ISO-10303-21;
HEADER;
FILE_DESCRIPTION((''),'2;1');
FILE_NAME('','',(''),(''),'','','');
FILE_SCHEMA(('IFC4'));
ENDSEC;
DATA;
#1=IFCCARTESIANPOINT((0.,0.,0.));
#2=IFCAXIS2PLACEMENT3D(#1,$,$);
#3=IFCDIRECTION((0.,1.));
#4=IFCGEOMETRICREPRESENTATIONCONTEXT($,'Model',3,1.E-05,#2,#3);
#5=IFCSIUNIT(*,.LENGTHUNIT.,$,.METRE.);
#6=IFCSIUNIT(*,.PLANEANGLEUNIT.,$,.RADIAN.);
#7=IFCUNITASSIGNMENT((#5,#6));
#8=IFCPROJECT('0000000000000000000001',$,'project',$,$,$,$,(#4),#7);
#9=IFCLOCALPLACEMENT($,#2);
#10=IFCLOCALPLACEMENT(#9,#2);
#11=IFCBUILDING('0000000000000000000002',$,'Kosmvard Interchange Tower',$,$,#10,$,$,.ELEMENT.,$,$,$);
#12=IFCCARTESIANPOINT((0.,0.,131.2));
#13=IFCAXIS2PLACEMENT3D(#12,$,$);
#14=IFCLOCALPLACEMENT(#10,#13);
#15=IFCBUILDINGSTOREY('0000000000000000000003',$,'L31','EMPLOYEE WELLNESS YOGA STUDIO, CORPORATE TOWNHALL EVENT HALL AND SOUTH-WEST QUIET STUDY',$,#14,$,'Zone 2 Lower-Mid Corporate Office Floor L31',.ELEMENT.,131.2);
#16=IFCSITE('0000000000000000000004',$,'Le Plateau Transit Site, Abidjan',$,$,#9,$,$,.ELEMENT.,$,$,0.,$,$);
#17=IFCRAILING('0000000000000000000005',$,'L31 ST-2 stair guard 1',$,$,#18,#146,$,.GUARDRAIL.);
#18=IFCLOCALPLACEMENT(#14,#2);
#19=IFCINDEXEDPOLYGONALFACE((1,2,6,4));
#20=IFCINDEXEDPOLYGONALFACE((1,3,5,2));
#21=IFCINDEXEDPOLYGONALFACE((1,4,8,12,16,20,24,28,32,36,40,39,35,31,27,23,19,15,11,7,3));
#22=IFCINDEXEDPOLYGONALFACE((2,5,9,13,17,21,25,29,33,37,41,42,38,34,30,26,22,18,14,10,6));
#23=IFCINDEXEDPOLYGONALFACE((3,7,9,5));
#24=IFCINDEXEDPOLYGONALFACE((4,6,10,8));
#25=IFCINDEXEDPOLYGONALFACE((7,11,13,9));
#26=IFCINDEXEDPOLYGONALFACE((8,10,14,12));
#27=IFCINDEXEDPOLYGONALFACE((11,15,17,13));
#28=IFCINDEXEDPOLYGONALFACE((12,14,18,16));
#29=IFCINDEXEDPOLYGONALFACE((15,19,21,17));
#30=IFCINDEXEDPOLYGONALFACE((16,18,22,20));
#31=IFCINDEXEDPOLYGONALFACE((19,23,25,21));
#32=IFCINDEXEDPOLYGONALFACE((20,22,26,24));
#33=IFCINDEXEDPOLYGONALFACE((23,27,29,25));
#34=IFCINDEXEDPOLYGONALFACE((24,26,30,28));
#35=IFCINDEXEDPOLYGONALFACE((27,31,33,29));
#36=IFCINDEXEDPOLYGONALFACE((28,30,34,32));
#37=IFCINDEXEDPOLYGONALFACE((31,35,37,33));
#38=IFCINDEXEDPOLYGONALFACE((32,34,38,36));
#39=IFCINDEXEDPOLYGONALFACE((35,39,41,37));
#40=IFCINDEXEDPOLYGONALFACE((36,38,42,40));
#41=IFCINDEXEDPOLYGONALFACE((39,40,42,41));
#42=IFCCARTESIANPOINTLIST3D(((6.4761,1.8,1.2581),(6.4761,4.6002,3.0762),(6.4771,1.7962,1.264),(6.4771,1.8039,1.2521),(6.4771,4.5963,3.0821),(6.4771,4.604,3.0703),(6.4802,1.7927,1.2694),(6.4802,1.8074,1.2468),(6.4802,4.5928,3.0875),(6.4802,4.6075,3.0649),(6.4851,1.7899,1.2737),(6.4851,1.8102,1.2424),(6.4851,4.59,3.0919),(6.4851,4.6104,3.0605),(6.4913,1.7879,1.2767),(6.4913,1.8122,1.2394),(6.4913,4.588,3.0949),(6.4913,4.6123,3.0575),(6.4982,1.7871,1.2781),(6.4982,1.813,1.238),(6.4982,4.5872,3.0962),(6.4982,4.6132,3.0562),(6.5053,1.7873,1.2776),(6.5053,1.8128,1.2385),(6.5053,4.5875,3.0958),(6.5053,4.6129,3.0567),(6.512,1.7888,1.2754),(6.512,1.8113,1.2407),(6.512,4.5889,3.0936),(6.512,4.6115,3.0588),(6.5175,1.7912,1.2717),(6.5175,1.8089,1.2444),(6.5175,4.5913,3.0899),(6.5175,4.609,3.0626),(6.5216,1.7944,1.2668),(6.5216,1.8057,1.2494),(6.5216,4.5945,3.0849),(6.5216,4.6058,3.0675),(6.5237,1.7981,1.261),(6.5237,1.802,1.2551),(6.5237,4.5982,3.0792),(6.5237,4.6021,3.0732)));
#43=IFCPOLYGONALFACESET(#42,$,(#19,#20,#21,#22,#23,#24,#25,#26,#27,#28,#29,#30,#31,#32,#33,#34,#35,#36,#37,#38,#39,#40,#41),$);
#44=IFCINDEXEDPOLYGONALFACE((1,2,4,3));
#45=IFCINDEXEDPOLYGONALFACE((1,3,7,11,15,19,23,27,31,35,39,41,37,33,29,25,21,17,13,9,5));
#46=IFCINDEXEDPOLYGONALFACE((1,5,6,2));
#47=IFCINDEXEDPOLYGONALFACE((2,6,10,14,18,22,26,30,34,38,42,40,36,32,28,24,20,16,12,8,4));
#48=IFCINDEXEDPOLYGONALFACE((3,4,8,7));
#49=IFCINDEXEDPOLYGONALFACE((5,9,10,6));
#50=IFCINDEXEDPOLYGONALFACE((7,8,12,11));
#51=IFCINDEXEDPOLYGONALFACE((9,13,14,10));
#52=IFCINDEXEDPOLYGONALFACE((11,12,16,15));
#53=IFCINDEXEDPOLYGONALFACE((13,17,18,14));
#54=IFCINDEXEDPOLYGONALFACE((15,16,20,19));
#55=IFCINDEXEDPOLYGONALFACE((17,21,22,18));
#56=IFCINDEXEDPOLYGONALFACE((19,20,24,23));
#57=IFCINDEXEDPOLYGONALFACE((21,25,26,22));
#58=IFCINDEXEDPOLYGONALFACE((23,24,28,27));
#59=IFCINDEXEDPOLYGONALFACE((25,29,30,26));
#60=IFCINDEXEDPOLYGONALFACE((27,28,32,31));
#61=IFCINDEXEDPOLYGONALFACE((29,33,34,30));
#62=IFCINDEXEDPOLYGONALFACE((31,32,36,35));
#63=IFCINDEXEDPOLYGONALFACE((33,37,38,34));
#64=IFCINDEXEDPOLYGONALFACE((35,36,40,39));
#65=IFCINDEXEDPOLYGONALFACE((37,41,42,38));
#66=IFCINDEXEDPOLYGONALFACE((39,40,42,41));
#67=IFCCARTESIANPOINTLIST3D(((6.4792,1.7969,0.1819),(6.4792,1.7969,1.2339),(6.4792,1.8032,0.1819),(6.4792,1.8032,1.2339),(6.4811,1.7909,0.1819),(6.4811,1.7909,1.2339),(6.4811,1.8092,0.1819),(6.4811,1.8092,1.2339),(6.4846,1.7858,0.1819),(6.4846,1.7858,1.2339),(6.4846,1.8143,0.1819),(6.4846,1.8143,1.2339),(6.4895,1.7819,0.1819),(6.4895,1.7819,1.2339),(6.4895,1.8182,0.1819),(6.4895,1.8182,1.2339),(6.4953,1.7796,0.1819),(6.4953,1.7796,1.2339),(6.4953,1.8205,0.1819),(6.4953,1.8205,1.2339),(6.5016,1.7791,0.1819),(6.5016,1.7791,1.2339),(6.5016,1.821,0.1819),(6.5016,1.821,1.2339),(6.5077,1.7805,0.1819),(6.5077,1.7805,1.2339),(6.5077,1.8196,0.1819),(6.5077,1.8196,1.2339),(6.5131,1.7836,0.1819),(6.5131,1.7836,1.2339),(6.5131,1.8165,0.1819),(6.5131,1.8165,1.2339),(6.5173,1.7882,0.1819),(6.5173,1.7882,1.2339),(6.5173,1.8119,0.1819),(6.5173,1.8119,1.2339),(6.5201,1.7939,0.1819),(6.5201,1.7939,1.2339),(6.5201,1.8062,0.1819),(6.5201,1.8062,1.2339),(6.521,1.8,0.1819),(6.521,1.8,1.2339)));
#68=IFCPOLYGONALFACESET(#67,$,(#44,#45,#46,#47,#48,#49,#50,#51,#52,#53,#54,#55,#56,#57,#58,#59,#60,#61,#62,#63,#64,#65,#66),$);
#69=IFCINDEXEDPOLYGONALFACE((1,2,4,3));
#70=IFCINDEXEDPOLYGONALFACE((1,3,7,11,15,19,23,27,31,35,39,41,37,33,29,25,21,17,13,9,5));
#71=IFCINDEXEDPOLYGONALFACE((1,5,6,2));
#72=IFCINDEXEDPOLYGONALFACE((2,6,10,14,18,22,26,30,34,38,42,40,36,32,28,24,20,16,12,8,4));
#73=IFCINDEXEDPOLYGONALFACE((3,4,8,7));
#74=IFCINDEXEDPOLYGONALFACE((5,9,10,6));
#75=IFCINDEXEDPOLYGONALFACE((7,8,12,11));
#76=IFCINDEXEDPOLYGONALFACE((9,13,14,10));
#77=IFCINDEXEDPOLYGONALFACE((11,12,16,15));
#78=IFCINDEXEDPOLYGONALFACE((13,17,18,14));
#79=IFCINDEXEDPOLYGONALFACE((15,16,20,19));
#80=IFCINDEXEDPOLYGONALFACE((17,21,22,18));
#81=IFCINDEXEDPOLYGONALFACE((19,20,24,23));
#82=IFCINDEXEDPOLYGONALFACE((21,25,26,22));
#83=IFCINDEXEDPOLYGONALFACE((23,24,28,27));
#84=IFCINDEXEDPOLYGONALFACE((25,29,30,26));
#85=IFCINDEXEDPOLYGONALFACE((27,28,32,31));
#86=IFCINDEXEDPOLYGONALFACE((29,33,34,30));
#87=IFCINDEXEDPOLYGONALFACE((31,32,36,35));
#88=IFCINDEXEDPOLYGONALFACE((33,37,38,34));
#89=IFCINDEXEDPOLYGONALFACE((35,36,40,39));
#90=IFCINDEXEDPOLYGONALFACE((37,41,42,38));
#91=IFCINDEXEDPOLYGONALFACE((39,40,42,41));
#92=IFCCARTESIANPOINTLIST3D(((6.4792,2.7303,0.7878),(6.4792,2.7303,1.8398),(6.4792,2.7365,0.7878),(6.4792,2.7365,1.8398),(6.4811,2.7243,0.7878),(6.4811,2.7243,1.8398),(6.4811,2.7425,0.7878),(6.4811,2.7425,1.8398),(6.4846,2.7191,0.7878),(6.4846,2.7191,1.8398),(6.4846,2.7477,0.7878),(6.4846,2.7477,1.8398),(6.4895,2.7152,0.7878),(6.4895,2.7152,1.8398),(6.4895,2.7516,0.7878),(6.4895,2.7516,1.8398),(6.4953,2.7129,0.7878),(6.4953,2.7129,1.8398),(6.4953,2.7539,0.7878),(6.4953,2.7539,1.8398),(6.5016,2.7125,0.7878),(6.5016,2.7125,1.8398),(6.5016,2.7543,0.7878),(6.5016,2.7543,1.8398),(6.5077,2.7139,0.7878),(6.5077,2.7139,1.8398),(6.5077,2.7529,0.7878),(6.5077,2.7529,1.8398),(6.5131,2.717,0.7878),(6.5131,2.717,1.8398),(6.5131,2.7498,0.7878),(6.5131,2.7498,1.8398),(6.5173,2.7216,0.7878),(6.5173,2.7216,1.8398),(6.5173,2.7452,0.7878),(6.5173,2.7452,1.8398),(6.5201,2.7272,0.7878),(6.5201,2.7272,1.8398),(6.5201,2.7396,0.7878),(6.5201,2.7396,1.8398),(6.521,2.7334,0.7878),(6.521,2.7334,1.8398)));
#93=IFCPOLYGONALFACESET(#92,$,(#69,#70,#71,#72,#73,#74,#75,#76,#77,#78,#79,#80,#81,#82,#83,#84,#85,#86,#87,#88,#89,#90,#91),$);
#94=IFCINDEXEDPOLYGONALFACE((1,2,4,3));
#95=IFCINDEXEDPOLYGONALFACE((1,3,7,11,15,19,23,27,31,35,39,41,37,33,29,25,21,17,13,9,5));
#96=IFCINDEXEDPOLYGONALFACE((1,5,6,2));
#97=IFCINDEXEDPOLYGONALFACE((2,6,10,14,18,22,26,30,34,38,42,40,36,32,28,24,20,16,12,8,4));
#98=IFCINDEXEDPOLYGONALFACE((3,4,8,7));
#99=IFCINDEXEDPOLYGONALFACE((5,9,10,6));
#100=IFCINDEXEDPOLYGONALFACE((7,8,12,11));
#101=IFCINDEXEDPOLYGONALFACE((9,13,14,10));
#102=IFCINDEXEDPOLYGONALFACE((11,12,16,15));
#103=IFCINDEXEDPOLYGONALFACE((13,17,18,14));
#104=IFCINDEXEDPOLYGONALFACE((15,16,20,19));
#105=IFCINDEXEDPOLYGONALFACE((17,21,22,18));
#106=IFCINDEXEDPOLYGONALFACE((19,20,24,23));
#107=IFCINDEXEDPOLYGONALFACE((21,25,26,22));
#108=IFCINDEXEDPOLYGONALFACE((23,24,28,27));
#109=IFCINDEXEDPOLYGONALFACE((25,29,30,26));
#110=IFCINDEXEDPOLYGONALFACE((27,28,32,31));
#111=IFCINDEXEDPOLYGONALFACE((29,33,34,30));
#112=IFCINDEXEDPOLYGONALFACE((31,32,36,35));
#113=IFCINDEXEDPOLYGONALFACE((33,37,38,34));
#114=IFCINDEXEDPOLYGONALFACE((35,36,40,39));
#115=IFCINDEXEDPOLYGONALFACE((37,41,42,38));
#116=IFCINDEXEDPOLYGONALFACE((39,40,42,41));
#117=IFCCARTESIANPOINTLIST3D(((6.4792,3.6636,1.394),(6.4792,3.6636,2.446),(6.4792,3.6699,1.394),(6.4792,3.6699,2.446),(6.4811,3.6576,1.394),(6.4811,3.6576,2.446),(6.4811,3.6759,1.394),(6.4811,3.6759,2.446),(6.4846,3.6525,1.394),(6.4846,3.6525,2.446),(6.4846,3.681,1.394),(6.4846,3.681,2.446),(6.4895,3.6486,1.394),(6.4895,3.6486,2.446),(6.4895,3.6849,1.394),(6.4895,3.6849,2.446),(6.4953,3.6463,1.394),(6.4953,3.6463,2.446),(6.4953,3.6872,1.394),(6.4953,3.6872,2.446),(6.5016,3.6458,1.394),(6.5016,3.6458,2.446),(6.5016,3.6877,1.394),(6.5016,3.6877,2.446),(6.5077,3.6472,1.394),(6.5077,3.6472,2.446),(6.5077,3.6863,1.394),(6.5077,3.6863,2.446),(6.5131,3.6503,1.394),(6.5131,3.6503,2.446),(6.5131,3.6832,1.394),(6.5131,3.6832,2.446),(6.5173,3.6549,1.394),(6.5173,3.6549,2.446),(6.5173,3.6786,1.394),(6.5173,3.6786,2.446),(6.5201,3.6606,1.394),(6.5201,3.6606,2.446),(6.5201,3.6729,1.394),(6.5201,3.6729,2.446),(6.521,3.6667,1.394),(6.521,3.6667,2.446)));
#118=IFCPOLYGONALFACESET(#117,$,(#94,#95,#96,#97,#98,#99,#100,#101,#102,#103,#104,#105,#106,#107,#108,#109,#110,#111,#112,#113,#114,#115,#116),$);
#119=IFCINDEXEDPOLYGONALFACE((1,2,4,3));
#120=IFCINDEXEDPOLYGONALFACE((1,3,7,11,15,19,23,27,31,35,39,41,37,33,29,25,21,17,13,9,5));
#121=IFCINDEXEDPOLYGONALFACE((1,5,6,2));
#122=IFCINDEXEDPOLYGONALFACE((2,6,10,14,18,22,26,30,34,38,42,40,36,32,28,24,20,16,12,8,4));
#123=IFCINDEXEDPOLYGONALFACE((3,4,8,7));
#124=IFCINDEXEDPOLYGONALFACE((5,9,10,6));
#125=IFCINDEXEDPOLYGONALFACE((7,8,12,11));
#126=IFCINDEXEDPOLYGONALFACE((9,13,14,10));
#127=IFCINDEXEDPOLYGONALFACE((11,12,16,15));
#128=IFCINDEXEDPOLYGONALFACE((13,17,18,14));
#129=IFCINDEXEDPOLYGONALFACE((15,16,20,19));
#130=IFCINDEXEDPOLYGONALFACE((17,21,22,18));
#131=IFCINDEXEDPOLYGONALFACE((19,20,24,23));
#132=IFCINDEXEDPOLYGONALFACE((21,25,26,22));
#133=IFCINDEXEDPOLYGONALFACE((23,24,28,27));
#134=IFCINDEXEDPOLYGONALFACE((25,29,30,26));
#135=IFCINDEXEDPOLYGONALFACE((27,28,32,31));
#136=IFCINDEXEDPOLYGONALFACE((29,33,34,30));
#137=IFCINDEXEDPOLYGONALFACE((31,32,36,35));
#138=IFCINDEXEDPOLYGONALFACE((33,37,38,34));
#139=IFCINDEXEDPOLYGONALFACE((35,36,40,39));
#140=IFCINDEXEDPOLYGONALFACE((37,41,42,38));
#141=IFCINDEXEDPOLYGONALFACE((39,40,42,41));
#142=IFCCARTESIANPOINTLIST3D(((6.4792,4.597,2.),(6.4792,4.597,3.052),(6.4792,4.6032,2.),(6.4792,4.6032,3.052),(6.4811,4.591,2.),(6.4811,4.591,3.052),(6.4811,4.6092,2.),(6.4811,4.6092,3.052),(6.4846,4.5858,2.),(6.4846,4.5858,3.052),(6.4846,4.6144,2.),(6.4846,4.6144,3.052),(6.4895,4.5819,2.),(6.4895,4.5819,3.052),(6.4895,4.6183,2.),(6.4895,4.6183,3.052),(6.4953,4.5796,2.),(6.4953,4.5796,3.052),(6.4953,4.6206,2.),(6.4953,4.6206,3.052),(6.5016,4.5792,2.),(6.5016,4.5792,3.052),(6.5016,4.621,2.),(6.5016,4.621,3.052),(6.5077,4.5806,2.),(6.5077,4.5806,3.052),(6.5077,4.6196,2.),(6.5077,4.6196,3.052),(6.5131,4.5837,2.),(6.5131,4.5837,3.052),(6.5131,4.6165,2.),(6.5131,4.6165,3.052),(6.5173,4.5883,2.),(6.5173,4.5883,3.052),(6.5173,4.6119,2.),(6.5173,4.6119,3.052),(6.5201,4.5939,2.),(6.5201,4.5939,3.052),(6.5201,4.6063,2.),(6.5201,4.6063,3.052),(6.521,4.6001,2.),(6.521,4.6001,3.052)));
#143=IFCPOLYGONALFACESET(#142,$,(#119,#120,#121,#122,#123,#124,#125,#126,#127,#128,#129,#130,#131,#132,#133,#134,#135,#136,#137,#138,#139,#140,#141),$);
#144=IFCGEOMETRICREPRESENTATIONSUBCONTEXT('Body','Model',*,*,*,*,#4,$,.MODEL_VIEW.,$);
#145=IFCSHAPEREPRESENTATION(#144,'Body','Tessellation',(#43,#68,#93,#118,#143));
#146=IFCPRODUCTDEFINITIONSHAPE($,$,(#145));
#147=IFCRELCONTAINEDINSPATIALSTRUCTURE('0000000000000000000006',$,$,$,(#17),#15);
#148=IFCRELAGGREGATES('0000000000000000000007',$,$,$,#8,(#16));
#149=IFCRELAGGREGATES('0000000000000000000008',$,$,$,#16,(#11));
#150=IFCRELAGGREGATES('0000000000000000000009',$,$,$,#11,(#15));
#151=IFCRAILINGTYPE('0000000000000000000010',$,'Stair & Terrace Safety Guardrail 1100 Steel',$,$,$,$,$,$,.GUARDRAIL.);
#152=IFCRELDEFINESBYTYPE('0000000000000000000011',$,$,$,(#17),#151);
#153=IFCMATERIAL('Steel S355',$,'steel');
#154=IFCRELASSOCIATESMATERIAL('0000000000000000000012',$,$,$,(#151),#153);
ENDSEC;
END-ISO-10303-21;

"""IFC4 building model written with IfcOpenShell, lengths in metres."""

from ifc_helpers import new_model, si_unit, direction, frame, origin, origin_2d, place, context, subcontext, project, spatial, circle, extrude, source, transform, mapped, material, type_object, element, save


model = new_model("IFC4")

# Units and contexts
model_context = context("Model", 3, precision=1e-05, world=origin(), true_north=direction((0.0, 1.0)))
body_context = subcontext(model_context, "Body", "Model", "MODEL_VIEW")
ifc_project = project(units=[si_unit("LENGTHUNIT", "METRE"), si_unit("PLANEANGLEUNIT", "RADIAN")], contexts=[model_context])

# Site, building, storey
site_placement = place(None, origin())
site = spatial("IfcSite", under=ifc_project, at=site_placement, Name="Le Plateau Transit Site, Abidjan", CompositionType="ELEMENT", RefElevation=0.0)
building_placement = place(site_placement, origin())
building = spatial("IfcBuilding", under=site, at=building_placement, Name="Kosmvard Interchange Tower", CompositionType="ELEMENT")
storey_placement = place(building_placement, frame((0.0, 0.0, 131.2)))
storey = spatial("IfcBuildingStorey", under=building, at=storey_placement, Name="L31", Description="EMPLOYEE WELLNESS YOGA STUDIO, CORPORATE TOWNHALL EVENT HALL AND SOUTH-WEST QUIET STUDY", LongName="Zone 2 Lower-Mid Corporate Office Floor L31", CompositionType="ELEMENT", Elevation=131.2)

# Shared definitions
ifc_material_1 = material(Name="Steel S355", Category="steel")

# Railing
railing_type = type_object("IfcRailingType", Name="Stair & Terrace Safety Guardrail 1100 Steel", PredefinedType="GUARDRAIL", material=ifc_material_1)
shared_shape_1 = source(origin(), body_context, "Body", "SweptSolid", [
    extrude(circle(Radius=0.0239, at=origin_2d()), frame((0.0, 0.0, 1.0762), z_axis=(0.0, 0.838706, 0.544585), x_axis=(-1.0, 0.0, 0.0)), (0.0, 0.0, 1.0), 3.3386),
    extrude(circle(Radius=0.021, at=origin_2d()), origin(), (0.0, 0.0, 1.0), 1.052),
    extrude(circle(Radius=0.021, at=origin_2d()), frame((0.0, 0.9333, 0.606)), (0.0, 0.0, 1.0), 1.052),
    extrude(circle(Radius=0.021, at=origin_2d()), frame((0.0, 1.8667, 1.2122)), (0.0, 0.0, 1.0), 1.052),
    extrude(circle(Radius=0.021, at=origin_2d()), frame((0.0, 2.8, 1.8181)), (0.0, 0.0, 1.0), 1.052),
])
railing_1_placement = place(storey_placement, frame((6.5, 1.8, 0.1819)))
element("IfcRailing", 1, at=railing_1_placement, inside=storey, type_object=railing_type, Name="L31 ST-2 stair guard 1", PredefinedType="GUARDRAIL", context=body_context, shape_type="MappedRepresentation", body=[
    mapped(shared_shape_1, transform((0.0, 0.0, 0.0), scale=1.0)),
])

save(model, "model.ifc")
